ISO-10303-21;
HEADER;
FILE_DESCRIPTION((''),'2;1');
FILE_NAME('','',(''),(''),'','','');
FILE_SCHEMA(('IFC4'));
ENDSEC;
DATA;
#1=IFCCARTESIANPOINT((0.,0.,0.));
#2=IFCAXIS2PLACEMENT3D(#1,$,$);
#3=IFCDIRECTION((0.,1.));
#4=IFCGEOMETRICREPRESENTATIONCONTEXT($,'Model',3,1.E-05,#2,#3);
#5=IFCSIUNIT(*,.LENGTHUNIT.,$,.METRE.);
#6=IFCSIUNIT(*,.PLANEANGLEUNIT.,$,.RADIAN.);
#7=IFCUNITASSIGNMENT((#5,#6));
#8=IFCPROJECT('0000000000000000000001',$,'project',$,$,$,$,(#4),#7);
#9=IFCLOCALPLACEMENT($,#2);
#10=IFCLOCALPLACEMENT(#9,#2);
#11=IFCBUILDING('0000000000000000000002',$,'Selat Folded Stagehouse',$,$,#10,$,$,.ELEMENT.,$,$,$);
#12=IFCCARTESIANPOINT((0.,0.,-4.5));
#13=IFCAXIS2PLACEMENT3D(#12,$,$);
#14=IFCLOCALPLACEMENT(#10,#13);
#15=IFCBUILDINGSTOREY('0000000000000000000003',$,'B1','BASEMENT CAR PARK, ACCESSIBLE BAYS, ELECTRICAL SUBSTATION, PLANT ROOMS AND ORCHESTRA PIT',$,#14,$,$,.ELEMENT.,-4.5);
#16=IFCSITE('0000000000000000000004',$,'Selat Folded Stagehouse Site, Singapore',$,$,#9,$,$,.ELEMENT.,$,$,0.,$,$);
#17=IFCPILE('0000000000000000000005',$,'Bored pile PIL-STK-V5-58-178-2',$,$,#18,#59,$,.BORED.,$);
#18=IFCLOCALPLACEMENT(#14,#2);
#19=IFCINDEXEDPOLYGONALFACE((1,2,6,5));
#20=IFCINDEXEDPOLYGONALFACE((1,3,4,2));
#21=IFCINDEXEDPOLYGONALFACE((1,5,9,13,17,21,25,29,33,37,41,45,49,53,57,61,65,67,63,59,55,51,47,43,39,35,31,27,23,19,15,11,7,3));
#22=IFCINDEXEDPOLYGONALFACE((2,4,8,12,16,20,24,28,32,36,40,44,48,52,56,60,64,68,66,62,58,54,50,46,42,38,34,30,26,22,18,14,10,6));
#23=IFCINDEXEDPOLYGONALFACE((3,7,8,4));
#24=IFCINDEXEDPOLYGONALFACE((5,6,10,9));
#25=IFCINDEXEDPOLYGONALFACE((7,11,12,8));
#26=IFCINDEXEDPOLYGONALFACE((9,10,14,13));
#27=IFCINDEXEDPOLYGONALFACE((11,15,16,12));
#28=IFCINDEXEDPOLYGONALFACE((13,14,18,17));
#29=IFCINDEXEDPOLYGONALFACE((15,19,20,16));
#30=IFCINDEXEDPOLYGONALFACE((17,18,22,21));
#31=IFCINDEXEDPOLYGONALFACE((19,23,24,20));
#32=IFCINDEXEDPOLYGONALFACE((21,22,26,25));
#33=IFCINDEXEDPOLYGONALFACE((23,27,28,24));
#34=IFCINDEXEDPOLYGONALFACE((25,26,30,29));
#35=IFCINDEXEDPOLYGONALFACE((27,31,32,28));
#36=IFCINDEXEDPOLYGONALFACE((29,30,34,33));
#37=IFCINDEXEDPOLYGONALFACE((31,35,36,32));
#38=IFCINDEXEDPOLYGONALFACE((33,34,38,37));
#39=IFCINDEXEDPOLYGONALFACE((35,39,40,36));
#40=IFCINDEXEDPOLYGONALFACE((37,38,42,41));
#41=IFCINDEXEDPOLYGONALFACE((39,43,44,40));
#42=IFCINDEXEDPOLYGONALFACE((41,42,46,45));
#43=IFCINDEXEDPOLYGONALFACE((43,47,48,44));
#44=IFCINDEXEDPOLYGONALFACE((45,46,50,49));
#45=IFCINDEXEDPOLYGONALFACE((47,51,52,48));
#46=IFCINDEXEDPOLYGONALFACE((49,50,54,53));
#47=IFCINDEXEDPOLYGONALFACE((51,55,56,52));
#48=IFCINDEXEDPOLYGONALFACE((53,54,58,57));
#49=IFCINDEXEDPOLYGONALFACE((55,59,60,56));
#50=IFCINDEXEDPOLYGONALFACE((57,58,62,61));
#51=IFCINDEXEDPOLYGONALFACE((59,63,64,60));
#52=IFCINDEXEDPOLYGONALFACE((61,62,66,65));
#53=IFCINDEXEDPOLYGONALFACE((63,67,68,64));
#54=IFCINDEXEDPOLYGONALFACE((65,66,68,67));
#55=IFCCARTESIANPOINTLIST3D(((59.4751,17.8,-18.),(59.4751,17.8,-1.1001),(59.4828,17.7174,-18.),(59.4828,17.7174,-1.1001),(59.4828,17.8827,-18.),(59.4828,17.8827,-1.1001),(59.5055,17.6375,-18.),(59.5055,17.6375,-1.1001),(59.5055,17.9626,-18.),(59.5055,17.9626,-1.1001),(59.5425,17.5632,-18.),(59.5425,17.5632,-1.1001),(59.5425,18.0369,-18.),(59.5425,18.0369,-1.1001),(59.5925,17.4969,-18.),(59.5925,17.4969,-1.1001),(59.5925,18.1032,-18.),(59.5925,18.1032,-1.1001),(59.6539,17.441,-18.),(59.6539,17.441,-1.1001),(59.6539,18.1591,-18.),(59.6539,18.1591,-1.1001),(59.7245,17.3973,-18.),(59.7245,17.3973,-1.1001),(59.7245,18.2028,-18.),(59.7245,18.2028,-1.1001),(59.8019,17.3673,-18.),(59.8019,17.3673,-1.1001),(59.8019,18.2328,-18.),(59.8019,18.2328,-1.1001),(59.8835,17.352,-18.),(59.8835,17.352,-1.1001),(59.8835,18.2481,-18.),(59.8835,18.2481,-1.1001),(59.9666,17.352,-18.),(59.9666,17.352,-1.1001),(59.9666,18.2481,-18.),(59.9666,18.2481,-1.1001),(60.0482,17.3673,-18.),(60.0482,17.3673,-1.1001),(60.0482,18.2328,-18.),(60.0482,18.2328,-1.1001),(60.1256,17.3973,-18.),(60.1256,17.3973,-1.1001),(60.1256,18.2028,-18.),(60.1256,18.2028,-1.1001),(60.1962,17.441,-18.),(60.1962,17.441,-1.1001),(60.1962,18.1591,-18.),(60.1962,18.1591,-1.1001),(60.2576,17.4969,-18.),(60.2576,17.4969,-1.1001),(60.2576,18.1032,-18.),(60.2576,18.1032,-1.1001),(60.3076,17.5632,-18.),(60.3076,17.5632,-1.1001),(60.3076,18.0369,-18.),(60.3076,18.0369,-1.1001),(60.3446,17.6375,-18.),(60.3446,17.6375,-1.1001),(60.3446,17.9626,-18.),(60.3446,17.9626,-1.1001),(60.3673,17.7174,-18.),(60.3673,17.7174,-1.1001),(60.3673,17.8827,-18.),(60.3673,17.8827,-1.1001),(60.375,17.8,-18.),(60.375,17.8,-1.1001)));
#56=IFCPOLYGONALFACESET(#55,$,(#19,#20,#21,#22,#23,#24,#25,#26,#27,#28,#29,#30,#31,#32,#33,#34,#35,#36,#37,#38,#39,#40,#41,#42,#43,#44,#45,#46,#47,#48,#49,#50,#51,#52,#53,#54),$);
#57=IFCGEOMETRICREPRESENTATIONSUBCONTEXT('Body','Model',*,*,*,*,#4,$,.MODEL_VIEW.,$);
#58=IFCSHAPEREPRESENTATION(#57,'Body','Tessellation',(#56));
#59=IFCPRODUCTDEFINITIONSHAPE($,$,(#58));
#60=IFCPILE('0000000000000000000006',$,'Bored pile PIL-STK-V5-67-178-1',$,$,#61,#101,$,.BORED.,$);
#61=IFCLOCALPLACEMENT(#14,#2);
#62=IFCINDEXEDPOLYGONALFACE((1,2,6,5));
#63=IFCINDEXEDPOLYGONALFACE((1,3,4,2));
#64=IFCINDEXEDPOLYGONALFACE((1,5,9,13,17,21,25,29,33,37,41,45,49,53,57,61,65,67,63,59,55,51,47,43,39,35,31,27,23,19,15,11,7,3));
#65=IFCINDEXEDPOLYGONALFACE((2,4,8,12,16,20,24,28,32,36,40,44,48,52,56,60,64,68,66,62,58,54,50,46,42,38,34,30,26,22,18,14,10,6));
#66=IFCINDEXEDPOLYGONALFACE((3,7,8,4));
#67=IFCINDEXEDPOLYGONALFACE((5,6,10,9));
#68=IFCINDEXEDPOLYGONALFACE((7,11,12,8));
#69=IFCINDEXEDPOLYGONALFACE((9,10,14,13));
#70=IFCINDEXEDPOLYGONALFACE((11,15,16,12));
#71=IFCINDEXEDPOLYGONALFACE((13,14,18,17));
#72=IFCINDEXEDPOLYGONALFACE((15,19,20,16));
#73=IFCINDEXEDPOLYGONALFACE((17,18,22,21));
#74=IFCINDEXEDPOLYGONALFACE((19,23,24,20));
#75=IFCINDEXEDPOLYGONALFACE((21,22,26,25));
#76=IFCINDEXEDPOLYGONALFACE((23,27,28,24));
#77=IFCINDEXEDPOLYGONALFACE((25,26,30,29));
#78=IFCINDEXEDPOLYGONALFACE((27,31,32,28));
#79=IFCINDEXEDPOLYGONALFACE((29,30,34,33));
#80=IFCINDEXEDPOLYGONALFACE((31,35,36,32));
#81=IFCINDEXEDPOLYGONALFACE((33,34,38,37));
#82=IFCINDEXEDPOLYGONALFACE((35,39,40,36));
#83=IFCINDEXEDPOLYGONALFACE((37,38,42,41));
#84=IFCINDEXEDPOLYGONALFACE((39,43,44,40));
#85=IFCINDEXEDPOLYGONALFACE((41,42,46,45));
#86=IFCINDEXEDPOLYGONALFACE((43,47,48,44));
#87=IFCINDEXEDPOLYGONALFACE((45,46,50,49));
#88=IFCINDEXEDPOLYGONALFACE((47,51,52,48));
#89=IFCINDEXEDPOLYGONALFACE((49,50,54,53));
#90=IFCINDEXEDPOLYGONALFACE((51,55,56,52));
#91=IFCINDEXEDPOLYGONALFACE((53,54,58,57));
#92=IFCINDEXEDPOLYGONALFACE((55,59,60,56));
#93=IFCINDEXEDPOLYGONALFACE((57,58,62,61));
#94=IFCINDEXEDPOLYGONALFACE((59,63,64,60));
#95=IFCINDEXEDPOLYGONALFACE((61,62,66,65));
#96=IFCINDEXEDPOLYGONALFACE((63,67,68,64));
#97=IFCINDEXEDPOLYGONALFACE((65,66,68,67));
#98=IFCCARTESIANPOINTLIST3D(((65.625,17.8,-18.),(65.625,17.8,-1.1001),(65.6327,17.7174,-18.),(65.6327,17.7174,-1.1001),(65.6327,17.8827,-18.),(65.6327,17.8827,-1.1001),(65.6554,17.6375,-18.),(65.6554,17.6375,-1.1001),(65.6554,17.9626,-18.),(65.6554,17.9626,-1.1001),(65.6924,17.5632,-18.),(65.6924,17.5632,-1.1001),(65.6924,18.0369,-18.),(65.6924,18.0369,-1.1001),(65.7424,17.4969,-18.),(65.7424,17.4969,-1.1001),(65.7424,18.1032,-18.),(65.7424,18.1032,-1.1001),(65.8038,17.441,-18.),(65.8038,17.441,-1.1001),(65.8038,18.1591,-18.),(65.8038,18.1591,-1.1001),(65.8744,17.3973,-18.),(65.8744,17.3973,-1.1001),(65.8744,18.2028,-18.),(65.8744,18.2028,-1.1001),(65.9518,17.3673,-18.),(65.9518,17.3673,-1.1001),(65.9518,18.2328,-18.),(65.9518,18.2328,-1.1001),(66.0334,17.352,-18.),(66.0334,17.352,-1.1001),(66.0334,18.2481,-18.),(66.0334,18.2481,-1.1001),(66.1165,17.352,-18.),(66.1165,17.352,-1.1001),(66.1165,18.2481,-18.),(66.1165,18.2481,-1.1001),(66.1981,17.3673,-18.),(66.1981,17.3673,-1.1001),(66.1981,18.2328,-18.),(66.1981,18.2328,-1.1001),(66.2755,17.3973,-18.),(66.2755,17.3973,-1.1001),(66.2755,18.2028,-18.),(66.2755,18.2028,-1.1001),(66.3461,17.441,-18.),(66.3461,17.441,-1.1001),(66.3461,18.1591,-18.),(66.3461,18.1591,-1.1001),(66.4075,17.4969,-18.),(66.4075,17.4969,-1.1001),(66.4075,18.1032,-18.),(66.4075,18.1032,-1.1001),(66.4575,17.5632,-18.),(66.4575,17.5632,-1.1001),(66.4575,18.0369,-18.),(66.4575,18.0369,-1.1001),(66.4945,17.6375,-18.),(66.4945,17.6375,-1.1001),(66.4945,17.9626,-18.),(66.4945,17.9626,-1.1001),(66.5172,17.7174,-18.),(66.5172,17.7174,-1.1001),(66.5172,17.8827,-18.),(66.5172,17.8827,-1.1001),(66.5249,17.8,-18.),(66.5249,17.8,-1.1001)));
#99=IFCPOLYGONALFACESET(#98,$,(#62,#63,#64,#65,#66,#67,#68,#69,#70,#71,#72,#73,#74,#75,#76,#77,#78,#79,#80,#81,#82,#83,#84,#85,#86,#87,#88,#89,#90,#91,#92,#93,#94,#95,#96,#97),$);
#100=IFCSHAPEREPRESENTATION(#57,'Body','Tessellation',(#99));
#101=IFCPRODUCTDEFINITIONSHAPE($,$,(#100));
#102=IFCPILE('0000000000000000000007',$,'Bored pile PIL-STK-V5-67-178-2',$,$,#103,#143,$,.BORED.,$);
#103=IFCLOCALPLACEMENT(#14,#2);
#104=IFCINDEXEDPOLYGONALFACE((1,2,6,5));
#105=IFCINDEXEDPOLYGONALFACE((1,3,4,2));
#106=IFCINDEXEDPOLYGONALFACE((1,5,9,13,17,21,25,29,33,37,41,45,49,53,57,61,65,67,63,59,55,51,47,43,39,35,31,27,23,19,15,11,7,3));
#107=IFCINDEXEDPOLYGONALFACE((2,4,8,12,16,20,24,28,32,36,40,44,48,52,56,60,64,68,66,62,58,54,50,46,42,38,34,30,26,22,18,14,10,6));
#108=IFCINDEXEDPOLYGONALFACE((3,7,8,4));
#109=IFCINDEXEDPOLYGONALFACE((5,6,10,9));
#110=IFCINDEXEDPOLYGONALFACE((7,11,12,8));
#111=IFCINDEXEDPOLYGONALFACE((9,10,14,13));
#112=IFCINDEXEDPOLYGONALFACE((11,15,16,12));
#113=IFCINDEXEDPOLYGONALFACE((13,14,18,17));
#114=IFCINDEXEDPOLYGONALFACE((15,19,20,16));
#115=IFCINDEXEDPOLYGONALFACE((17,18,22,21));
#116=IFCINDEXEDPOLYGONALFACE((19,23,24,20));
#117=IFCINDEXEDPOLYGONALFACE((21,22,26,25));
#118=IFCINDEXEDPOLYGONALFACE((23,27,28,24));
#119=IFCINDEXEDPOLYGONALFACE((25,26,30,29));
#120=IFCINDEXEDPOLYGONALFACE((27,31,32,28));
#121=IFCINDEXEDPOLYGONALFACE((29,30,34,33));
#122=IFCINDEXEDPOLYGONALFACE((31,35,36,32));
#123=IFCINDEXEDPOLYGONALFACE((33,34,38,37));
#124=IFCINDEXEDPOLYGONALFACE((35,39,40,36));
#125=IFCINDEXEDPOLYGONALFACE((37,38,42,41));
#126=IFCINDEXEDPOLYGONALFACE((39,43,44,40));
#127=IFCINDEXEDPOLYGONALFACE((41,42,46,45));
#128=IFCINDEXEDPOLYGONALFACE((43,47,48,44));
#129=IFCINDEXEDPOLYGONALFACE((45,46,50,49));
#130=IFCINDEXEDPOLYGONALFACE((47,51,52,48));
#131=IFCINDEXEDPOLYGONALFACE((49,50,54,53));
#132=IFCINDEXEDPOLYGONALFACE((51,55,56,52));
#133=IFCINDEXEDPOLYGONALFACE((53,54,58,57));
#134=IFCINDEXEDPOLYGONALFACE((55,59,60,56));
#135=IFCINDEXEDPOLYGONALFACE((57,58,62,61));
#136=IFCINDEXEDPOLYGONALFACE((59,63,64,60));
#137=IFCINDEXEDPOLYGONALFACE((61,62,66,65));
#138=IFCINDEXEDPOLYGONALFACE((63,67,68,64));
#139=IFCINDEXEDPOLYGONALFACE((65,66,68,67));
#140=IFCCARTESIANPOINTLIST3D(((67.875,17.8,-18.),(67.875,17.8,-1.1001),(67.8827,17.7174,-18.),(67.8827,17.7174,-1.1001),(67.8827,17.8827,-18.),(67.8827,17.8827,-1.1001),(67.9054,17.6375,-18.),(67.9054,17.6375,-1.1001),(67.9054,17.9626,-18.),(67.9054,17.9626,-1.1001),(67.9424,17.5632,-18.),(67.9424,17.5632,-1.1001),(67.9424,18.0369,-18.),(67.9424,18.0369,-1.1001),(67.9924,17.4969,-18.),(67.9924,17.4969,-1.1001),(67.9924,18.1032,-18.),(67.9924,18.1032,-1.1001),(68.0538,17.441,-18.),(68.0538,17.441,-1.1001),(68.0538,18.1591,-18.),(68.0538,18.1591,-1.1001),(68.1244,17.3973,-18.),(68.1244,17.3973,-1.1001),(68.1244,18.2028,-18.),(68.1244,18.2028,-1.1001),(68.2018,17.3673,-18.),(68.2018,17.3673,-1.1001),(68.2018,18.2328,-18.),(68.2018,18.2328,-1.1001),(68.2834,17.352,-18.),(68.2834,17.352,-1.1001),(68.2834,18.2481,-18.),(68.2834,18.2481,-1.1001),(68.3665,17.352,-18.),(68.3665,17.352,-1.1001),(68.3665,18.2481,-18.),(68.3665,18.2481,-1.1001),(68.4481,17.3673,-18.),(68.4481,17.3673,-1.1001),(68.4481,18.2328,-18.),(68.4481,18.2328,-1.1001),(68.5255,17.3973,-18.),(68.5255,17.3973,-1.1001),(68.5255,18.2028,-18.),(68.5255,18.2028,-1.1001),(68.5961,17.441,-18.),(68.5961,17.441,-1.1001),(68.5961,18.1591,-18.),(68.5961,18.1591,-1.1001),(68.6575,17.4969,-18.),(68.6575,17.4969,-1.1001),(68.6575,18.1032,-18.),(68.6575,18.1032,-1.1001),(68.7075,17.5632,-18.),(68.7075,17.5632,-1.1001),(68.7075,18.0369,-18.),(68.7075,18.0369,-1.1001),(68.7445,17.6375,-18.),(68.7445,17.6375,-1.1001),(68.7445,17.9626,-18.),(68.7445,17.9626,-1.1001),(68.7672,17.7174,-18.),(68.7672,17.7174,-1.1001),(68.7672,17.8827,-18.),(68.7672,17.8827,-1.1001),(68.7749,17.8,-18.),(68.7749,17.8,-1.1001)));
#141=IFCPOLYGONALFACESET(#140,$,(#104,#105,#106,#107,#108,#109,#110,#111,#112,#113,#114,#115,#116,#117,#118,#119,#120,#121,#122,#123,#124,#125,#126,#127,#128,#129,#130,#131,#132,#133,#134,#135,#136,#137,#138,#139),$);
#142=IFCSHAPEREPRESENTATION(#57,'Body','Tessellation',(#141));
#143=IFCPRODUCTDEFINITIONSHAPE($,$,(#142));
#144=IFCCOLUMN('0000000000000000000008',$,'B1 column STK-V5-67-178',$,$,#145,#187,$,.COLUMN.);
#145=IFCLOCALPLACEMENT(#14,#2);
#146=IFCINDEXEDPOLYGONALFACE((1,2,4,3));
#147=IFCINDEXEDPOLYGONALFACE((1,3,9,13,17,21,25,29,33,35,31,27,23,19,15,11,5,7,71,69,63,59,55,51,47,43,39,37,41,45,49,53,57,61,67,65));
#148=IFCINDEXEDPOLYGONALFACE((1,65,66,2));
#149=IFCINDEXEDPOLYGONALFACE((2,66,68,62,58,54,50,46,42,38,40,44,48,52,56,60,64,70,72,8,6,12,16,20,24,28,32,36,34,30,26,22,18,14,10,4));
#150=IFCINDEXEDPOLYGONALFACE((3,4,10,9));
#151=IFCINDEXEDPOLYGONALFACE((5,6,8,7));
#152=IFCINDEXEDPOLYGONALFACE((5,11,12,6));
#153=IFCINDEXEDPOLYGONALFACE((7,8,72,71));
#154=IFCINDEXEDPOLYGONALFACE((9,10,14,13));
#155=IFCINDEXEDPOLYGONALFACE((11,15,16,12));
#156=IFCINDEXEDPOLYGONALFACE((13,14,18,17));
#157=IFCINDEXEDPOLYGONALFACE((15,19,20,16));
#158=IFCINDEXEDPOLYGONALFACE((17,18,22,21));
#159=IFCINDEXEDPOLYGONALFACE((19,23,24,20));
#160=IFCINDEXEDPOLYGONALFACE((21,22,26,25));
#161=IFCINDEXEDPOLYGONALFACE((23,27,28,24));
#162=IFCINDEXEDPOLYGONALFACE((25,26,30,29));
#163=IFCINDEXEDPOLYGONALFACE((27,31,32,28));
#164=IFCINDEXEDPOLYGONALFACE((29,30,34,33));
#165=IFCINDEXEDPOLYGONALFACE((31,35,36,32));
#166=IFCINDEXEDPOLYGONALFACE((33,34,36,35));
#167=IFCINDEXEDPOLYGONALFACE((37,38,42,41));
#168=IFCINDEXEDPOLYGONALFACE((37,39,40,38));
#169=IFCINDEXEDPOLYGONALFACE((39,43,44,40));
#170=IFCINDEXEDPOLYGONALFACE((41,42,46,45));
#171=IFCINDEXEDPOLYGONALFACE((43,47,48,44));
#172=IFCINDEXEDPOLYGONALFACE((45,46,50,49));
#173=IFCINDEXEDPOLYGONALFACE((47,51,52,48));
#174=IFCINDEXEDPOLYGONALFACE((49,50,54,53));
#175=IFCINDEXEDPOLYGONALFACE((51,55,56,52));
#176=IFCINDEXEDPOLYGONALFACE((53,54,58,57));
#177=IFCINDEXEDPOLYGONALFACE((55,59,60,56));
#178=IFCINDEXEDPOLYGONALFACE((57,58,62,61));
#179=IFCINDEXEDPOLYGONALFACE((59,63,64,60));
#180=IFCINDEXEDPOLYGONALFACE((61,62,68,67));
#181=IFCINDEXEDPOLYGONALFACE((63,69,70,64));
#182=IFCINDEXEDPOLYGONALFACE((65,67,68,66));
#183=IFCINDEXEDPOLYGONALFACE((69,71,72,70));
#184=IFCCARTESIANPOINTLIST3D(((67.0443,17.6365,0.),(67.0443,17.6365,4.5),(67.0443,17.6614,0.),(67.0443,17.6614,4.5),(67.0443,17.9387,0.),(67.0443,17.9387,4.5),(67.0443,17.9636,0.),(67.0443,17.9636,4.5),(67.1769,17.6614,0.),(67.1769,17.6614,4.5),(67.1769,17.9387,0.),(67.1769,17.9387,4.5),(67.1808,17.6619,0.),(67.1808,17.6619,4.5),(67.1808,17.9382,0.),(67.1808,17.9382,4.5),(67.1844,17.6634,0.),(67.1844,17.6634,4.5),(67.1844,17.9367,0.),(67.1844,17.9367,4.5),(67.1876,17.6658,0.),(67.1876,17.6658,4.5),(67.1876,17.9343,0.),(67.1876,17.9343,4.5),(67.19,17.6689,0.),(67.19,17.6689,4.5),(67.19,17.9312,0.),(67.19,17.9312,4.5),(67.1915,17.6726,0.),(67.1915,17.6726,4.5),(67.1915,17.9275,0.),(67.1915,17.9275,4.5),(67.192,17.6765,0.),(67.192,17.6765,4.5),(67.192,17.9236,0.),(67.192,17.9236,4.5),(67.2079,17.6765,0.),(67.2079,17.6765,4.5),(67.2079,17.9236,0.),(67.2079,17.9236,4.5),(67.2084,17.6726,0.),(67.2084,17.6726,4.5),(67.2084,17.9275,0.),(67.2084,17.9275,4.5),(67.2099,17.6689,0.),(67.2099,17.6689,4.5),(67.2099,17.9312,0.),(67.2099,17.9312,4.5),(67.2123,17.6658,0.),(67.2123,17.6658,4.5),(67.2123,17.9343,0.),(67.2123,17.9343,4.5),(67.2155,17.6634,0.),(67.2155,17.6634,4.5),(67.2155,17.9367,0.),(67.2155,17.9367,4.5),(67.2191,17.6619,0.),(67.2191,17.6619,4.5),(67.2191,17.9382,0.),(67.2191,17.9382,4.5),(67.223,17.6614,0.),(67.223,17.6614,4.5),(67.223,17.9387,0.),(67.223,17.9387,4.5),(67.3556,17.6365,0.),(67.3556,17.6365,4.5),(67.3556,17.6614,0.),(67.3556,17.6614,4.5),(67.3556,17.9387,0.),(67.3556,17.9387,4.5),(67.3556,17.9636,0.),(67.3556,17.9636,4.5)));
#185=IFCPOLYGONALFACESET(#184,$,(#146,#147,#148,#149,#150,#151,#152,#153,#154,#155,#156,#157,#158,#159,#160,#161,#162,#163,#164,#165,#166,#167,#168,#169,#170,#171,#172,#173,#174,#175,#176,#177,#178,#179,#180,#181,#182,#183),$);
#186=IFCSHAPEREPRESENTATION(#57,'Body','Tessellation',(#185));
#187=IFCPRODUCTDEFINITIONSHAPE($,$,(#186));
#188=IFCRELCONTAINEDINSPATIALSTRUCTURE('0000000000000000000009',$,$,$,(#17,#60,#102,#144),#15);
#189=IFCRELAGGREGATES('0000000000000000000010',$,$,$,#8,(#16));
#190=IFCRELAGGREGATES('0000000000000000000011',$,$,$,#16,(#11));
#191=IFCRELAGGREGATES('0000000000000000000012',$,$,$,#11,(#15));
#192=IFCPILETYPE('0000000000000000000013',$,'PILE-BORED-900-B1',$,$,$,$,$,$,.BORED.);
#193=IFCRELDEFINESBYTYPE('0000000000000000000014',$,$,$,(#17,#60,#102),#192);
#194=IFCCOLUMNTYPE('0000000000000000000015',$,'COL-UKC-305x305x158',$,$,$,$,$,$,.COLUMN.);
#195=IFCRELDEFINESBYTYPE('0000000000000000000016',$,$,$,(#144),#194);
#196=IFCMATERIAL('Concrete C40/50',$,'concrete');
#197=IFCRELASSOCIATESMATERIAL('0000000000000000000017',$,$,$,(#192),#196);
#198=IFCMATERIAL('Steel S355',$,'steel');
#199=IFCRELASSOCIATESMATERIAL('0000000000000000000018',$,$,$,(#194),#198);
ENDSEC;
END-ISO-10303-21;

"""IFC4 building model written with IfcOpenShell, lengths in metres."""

from ifc_helpers import new_model, si_unit, direction, frame, origin, origin_2d, place, context, subcontext, project, spatial, circle, i_section, extrude, material, material_profile, profile_set, type_object, element, save


model = new_model("IFC4")

# Units and contexts
model_context = context("Model", 3, precision=1e-05, world=origin(), true_north=direction((0.0, 1.0)))
body_context = subcontext(model_context, "Body", "Model", "MODEL_VIEW")
ifc_project = project(units=[si_unit("LENGTHUNIT", "METRE"), si_unit("PLANEANGLEUNIT", "RADIAN")], contexts=[model_context])

# Site, building, storey
site_placement = place(None, origin())
site = spatial("IfcSite", under=ifc_project, at=site_placement, Name="Selat Folded Stagehouse Site, Singapore", CompositionType="ELEMENT", RefElevation=0.0)
building_placement = place(site_placement, origin())
building = spatial("IfcBuilding", under=site, at=building_placement, Name="Selat Folded Stagehouse", CompositionType="ELEMENT")
storey_placement = place(building_placement, frame((0.0, 0.0, -4.5)))
storey = spatial("IfcBuildingStorey", under=building, at=storey_placement, Name="B1", Description="BASEMENT CAR PARK, ACCESSIBLE BAYS, ELECTRICAL SUBSTATION, PLANT ROOMS AND ORCHESTRA PIT", CompositionType="ELEMENT", Elevation=-4.5)

# Shared definitions
ifc_material_1 = material(Name="Concrete C40/50", Category="concrete")

# Piles
ifc_material_profile_1 = material_profile(ifc_material_1, circle(Radius=0.45, at=origin_2d()), Name="PILE D900")
ifc_profile_set_1 = profile_set([ifc_material_profile_1], Name="Concrete C40/50")
pile_type_1 = type_object("IfcPileType", Name="PILE-BORED-900-B1", PredefinedType="BORED", material=ifc_profile_set_1)
for number, where, z_axis, x_axis, name in (
    (1, (59.925, 17.8, -1.1001), (0.0, 0.0, -1.0), (1.0, 0.0, 0.0), "Bored pile PIL-STK-V5-58-178-2"),
    (2, (66.075, 17.8, -1.1001), (0.0, 0.0, -1.0), (1.0, 0.0, 0.0), "Bored pile PIL-STK-V5-67-178-1"),
    (3, (68.325, 17.8, -1.1001), (0.0, 0.0, -1.0), (1.0, 0.0, 0.0), "Bored pile PIL-STK-V5-67-178-2"),
):
    element("IfcPile", number, at=place(storey_placement, frame(where, z_axis=z_axis, x_axis=x_axis)), inside=storey, type_object=pile_type_1, Name=name, PredefinedType="BORED", context=body_context, shape_type="SweptSolid", body=[
        extrude(circle(Radius=0.45, at=origin_2d()), origin(), (0.0, 0.0, 1.0), 16.8999),
    ])

# Column
ifc_material_2 = material(Name="Steel S355", Category="steel")
ifc_material_profile_2 = material_profile(ifc_material_2, i_section(OverallWidth=0.3113, OverallDepth=0.3271, WebThickness=0.0159, FlangeThickness=0.0249, FilletRadius=0.0151, at=origin_2d()), Name="UKC 305x305x158")
ifc_profile_set_2 = profile_set([ifc_material_profile_2], Name="Steel S355")
column_type_1 = type_object("IfcColumnType", Name="COL-UKC-305x305x158", PredefinedType="COLUMN", material=ifc_profile_set_2)
column_1_placement = place(storey_placement, frame((67.2, 17.8, 0.0), z_axis=(0.0, 0.0, 1.0), x_axis=(1.0, 0.0, 0.0)))
element("IfcColumn", 4, at=column_1_placement, inside=storey, type_object=column_type_1, Name="B1 column STK-V5-67-178", PredefinedType="COLUMN", context=body_context, shape_type="SweptSolid", body=[
    extrude(i_section(OverallWidth=0.3113, OverallDepth=0.3271, WebThickness=0.0159, FlangeThickness=0.0249, FilletRadius=0.0151, at=origin_2d()), origin(), (0.0, 0.0, 1.0), 4.5),
])

save(model, "model.ifc")
